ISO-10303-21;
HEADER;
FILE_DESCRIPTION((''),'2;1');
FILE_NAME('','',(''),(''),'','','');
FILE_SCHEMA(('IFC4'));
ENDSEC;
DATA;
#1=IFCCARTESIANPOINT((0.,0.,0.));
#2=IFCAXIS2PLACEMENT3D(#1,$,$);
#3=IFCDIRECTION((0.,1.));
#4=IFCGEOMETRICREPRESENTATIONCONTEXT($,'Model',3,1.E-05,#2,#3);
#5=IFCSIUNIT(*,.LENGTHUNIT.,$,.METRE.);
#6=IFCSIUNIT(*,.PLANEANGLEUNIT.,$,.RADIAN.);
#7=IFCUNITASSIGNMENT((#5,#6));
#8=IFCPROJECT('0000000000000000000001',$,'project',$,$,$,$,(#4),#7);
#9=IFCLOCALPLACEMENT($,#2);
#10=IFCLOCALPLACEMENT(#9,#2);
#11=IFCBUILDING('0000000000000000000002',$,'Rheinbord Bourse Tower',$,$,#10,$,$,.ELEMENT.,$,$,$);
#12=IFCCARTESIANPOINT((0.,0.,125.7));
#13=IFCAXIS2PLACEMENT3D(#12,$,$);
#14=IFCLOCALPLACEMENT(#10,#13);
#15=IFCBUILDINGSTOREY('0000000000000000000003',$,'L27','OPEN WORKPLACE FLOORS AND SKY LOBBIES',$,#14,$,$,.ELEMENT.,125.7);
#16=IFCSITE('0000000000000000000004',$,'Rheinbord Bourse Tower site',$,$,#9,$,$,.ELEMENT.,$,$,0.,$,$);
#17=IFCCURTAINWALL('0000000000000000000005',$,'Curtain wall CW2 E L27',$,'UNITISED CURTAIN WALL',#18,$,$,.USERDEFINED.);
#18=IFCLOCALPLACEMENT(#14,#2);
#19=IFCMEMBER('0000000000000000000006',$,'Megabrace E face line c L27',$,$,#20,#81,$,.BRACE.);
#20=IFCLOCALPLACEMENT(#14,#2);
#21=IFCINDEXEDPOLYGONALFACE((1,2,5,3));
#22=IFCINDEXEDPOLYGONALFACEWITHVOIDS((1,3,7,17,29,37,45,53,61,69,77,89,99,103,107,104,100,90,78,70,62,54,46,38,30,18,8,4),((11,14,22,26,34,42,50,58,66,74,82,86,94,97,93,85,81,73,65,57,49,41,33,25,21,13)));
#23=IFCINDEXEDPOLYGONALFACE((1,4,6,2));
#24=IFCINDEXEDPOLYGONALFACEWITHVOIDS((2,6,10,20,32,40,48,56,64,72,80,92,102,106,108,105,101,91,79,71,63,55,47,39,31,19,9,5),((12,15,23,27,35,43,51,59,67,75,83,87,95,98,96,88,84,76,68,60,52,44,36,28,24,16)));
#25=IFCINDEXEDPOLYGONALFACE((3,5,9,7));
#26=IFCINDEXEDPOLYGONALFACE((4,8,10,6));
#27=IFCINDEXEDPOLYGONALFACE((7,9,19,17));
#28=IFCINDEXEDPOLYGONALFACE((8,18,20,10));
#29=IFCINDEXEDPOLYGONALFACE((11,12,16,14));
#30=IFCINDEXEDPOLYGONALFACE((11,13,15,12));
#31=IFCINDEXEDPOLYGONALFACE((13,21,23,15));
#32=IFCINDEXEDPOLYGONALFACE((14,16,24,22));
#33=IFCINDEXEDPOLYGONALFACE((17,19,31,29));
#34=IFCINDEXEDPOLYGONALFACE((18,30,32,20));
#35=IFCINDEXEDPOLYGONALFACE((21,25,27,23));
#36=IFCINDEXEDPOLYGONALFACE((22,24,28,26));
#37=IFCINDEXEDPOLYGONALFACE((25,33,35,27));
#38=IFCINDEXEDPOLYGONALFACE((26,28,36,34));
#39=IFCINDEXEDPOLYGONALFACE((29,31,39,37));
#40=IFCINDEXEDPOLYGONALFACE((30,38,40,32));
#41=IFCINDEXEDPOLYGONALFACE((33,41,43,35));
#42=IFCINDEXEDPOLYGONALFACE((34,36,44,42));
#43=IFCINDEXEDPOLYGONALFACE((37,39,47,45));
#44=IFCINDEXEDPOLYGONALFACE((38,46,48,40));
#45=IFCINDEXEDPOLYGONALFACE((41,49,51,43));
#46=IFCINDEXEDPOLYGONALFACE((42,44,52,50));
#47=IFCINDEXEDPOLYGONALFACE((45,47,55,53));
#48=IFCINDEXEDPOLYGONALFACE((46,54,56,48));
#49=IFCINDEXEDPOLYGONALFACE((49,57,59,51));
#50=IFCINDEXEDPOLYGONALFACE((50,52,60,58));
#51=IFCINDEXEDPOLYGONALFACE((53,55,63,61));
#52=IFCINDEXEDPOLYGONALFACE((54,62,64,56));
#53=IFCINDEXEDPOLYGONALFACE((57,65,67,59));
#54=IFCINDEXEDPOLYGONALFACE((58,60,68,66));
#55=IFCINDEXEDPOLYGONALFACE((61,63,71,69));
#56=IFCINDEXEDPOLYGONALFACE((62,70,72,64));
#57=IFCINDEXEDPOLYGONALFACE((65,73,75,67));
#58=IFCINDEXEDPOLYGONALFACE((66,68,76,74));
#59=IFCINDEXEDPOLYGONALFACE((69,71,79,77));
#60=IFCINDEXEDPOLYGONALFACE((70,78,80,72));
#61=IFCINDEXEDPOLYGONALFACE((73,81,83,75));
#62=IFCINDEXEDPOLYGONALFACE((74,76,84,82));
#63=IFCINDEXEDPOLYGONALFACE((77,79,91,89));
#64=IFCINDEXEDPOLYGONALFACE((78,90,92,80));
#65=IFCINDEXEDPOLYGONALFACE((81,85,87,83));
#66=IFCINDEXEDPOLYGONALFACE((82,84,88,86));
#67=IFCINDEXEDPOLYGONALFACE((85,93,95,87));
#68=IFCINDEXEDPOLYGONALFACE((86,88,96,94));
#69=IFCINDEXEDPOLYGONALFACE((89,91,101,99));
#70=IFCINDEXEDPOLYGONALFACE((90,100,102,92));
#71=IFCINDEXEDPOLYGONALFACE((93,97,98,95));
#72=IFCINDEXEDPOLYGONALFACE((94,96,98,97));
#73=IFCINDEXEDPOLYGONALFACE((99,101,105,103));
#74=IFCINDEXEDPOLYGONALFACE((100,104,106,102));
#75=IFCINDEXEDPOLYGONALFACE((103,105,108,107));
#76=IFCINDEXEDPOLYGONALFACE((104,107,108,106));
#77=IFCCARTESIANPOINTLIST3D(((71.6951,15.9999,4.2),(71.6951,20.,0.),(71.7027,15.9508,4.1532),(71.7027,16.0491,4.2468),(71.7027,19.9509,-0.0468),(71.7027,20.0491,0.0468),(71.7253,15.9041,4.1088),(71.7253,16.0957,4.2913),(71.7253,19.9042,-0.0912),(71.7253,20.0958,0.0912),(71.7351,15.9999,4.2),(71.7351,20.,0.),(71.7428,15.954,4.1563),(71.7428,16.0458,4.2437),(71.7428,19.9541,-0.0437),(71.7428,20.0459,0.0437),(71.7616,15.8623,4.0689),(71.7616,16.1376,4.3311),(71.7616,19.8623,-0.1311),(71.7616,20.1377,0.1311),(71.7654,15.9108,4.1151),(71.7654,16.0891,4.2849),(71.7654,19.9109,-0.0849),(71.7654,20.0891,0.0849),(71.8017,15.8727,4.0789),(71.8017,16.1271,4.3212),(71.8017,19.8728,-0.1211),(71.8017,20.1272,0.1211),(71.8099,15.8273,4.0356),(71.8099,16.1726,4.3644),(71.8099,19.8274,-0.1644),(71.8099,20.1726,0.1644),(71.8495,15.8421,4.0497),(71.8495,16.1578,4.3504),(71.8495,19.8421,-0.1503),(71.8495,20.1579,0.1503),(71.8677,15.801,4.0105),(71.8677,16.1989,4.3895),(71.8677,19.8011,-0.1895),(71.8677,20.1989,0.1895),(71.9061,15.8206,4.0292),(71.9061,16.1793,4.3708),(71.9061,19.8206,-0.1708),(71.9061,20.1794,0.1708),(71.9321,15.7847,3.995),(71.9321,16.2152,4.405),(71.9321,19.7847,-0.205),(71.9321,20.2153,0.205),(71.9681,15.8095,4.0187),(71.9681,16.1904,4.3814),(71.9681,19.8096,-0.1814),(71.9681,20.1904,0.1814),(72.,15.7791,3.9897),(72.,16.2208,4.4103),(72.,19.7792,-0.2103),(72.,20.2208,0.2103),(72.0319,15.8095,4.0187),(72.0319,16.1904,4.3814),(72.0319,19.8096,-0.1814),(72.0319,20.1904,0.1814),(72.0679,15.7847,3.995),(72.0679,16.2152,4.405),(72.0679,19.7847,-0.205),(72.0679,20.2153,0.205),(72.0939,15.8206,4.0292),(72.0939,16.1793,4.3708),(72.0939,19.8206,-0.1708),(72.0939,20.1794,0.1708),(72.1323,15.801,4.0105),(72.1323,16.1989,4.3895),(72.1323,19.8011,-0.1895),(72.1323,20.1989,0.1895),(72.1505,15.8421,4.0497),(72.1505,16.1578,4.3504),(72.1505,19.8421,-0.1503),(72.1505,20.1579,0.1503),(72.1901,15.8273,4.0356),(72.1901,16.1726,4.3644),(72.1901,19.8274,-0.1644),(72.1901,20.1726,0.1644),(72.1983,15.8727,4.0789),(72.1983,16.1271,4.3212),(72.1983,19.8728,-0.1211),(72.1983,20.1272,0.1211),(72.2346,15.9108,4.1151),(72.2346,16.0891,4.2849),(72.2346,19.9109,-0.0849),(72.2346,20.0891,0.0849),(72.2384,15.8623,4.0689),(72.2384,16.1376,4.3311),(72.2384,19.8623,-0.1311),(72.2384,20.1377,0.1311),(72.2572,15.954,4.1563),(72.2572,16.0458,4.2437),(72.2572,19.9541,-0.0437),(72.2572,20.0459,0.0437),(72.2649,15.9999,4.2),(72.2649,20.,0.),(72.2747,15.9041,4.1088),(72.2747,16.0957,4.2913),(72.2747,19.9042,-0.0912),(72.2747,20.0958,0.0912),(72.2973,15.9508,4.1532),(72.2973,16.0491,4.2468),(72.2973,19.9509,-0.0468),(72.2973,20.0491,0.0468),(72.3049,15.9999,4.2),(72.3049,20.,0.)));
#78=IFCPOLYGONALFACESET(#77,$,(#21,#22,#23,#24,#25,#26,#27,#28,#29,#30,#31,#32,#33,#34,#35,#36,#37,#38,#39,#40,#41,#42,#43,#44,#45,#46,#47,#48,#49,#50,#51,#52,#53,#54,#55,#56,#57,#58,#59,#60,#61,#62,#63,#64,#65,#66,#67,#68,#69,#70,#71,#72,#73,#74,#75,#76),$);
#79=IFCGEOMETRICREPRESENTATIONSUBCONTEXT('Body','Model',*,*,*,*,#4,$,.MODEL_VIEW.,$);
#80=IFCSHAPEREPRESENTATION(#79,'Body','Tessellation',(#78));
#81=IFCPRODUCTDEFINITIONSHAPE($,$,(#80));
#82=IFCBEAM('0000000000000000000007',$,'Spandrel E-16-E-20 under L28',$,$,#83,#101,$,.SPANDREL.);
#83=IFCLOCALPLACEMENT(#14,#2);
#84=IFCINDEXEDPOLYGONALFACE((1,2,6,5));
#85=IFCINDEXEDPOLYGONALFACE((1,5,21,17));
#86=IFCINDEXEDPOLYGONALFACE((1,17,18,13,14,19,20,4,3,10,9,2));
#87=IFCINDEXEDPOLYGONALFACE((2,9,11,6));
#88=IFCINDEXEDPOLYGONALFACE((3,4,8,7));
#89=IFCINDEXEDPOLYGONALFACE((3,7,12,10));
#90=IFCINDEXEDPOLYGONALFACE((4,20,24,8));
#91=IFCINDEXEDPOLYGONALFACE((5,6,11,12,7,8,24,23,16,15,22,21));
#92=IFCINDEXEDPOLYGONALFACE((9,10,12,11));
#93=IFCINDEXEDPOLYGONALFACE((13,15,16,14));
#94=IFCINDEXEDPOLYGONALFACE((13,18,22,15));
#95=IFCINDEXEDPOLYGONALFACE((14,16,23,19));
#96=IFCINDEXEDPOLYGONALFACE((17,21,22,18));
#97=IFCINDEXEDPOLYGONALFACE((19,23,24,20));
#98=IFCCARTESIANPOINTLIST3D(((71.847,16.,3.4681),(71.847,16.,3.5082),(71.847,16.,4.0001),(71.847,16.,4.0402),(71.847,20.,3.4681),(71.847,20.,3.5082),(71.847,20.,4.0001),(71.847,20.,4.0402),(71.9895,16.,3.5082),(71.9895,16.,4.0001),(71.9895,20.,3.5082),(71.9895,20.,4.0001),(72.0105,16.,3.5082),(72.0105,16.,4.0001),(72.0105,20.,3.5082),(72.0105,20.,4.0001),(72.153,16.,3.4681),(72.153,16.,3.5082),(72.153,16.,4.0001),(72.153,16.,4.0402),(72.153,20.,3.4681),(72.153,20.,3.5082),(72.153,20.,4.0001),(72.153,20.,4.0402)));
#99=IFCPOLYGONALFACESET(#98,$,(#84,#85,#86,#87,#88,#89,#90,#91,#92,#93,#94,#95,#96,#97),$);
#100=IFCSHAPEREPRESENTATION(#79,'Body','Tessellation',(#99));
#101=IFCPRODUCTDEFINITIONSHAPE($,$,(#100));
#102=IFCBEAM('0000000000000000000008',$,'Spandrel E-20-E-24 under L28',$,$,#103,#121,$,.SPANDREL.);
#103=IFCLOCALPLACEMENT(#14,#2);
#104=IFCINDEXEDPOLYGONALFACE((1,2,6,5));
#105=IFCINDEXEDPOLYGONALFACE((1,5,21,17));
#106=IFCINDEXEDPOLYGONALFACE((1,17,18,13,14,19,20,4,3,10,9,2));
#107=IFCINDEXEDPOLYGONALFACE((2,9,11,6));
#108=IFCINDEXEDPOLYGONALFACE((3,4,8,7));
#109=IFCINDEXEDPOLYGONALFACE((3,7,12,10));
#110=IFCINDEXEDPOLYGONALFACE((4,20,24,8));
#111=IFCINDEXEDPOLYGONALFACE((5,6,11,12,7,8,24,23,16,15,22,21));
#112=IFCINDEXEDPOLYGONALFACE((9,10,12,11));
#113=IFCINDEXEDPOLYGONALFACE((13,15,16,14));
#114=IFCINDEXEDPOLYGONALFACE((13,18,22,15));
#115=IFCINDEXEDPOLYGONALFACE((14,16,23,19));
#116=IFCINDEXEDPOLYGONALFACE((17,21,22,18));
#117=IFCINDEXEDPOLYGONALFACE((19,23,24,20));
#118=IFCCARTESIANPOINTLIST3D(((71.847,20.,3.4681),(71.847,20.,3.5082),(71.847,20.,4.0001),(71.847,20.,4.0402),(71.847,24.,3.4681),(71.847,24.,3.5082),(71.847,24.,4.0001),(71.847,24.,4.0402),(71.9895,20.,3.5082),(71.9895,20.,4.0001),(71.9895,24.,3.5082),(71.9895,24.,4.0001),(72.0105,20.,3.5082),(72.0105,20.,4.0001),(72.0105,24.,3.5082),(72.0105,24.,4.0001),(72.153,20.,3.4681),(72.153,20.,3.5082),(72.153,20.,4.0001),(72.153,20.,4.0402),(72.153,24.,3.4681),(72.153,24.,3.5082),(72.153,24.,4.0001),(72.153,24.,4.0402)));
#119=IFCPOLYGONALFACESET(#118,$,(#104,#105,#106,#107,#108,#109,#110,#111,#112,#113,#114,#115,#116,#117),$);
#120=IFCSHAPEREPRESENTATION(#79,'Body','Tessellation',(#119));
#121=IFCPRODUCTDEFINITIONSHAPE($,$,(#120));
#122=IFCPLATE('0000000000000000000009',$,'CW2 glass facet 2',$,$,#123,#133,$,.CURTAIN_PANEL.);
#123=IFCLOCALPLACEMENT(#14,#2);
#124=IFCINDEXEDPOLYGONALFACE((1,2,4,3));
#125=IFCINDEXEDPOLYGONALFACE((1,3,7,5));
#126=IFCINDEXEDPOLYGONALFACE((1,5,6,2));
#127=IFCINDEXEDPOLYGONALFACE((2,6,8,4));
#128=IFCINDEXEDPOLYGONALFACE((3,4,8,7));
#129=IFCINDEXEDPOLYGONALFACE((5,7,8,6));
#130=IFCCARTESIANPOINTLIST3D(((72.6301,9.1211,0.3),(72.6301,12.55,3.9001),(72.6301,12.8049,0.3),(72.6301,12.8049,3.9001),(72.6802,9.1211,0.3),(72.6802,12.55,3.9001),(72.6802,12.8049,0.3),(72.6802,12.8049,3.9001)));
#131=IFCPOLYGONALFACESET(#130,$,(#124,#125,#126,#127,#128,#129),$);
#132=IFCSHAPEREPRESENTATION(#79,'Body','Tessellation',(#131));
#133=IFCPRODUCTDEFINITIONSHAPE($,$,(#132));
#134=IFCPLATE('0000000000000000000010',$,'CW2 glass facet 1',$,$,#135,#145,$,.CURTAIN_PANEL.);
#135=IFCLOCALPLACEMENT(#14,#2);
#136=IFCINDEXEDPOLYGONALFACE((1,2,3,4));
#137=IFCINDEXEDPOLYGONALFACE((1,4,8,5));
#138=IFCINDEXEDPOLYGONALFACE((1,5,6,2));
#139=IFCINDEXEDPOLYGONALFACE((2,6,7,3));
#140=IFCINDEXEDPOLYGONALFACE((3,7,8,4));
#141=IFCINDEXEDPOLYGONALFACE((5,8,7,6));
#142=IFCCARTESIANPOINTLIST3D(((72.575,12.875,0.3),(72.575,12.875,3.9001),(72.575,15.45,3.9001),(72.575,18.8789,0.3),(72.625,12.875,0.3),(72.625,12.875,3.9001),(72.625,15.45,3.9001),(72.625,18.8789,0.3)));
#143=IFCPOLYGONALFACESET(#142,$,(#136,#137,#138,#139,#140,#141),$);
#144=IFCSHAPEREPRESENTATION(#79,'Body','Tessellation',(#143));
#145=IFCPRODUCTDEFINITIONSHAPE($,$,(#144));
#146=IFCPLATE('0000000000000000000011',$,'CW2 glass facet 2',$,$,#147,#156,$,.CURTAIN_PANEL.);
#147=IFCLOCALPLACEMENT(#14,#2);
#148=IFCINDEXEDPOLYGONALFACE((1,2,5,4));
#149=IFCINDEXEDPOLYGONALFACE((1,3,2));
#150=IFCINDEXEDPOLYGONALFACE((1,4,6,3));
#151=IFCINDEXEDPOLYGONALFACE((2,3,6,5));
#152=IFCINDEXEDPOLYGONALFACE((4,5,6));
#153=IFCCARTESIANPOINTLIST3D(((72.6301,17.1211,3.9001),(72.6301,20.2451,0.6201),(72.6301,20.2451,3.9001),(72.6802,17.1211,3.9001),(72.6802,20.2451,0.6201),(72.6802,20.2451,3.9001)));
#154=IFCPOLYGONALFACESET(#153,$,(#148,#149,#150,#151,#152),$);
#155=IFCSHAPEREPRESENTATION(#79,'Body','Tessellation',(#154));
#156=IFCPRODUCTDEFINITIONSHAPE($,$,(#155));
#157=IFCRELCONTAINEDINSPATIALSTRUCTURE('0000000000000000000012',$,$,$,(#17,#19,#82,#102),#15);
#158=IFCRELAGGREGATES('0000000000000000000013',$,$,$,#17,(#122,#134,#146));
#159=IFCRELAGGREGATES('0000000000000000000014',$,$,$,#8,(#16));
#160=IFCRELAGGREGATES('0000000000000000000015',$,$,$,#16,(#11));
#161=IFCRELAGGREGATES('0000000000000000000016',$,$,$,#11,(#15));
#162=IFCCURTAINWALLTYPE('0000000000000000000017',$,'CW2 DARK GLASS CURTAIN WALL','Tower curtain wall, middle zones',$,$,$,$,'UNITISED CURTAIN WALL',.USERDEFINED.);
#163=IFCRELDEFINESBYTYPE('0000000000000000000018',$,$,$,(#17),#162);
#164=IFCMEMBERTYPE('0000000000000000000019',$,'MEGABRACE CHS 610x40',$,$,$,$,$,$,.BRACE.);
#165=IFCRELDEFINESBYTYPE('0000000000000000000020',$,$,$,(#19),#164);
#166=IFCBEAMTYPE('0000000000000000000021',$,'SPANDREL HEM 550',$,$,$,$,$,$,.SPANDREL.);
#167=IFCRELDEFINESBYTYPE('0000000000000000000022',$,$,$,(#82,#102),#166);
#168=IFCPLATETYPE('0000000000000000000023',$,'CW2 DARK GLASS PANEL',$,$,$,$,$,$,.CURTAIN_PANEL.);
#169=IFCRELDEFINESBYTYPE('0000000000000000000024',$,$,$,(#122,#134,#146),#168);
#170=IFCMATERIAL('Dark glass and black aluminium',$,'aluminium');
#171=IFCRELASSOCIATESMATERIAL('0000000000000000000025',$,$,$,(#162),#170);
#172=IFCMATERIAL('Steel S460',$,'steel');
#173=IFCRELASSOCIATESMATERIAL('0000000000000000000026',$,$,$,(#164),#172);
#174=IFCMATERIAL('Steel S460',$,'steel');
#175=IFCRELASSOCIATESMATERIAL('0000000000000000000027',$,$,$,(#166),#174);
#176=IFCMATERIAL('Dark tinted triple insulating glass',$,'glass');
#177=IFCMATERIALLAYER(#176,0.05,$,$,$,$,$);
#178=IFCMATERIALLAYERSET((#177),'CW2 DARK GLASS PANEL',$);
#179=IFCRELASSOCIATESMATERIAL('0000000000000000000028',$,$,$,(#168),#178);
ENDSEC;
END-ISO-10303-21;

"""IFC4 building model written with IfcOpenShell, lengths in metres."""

from ifc_helpers import new_model, si_unit, direction, frame, origin, origin_2d, place, context, subcontext, project, spatial, polyline, hollow_circle, i_section, outline, extrude, material, layer, layer_set, material_profile, profile_set, type_object, element, aggregate, save


model = new_model("IFC4")

# Units and contexts
model_context = context("Model", 3, precision=1e-05, world=origin(), true_north=direction((0.0, 1.0)))
body_context = subcontext(model_context, "Body", "Model", "MODEL_VIEW")
ifc_project = project(units=[si_unit("LENGTHUNIT", "METRE"), si_unit("PLANEANGLEUNIT", "RADIAN")], contexts=[model_context])

# Site, building, storey
site_placement = place(None, origin())
site = spatial("IfcSite", under=ifc_project, at=site_placement, Name="Rheinbord Bourse Tower site", CompositionType="ELEMENT", RefElevation=0.0)
building_placement = place(site_placement, origin())
building = spatial("IfcBuilding", under=site, at=building_placement, Name="Rheinbord Bourse Tower", CompositionType="ELEMENT")
storey_placement = place(building_placement, frame((0.0, 0.0, 125.7)))
storey = spatial("IfcBuildingStorey", under=building, at=storey_placement, Name="L27", Description="OPEN WORKPLACE FLOORS AND SKY LOBBIES", CompositionType="ELEMENT", Elevation=125.7)

# Curtain wall
ifc_material_1 = material(Name="Dark glass and black aluminium", Category="aluminium")
curtain_wall_type = type_object("IfcCurtainWallType", Name="CW2 DARK GLASS CURTAIN WALL", Description="Tower curtain wall, middle zones", ElementType="UNITISED CURTAIN WALL", PredefinedType="USERDEFINED", material=ifc_material_1)
curtain_wall_placement = place(storey_placement, origin())
curtain_wall = element("IfcCurtainWall", 1, at=curtain_wall_placement, inside=storey, type_object=curtain_wall_type, Name="Curtain wall CW2 E L27", ObjectType="UNITISED CURTAIN WALL", PredefinedType="USERDEFINED")

# Member
ifc_material_2 = material(Name="Steel S460", Category="steel")
ifc_material_profile_1 = material_profile(ifc_material_2, hollow_circle(Radius=0.3049, WallThickness=0.04, at=origin_2d()), Name="CHS 610x40")
ifc_profile_set_1 = profile_set([ifc_material_profile_1], Name="Steel S460")
member_type_1 = type_object("IfcMemberType", Name="MEGABRACE CHS 610x40", PredefinedType="BRACE", material=ifc_profile_set_1)
member_1_placement = place(storey_placement, frame((72.0, 20.0, 0.0), z_axis=(0.0, -0.689659, 0.724134), x_axis=(1.0, 0.0, 0.0)))
element("IfcMember", 2, at=member_1_placement, inside=storey, type_object=member_type_1, Name="Megabrace E face line c L27", PredefinedType="BRACE", context=body_context, shape_type="SweptSolid", body=[
    extrude(hollow_circle(Radius=0.3049, WallThickness=0.04, at=origin_2d()), origin(), (0.0, 0.0, 1.0), 5.8),
])

# Beams
ifc_material_3 = material(Name="Steel S460", Category="steel")
ifc_material_profile_2 = material_profile(ifc_material_3, i_section(OverallWidth=0.3059, OverallDepth=0.572, WebThickness=0.021, FlangeThickness=0.04, at=origin_2d()), Name="HEM 550")
ifc_profile_set_2 = profile_set([ifc_material_profile_2], Name="Steel S460")
beam_type = type_object("IfcBeamType", Name="SPANDREL HEM 550", PredefinedType="SPANDREL", material=ifc_profile_set_2)
for number, where, z_axis, x_axis, name in (
    (3, (72.0, 16.0, 3.7542), (0.0, 1.0, 0.0), (-1.0, 0.0, 0.0), "Spandrel E-16-E-20 under L28"),
    (4, (72.0, 20.0, 3.7542), (0.0, 1.0, 0.0), (-1.0, 0.0, 0.0), "Spandrel E-20-E-24 under L28"),
):
    element("IfcBeam", number, at=place(storey_placement, frame(where, z_axis=z_axis, x_axis=x_axis)), inside=storey, type_object=beam_type, Name=name, PredefinedType="SPANDREL", context=body_context, shape_type="SweptSolid", body=[
        extrude(i_section(OverallWidth=0.3059, OverallDepth=0.572, WebThickness=0.021, FlangeThickness=0.04, at=origin_2d()), origin(), (0.0, 0.0, 1.0), 4.0),
    ])

# Plates
ifc_material_4 = material(Name="Dark tinted triple insulating glass", Category="glass")
ifc_layer = layer(ifc_material_4, 0.05)
ifc_layer_set = layer_set([ifc_layer], Name="CW2 DARK GLASS PANEL")
plate_type = type_object("IfcPlateType", Name="CW2 DARK GLASS PANEL", PredefinedType="CURTAIN_PANEL", material=ifc_layer_set)
plate_1_placement = place(storey_placement, frame((72.6802, 12.8049, 3.9001), z_axis=(-1.0, 0.0, 0.0), x_axis=(0.0, 0.0, -1.0)))
plate_1 = element("IfcPlate", 5, at=plate_1_placement, type_object=plate_type, Name="CW2 glass facet 2", PredefinedType="CURTAIN_PANEL", context=body_context, shape_type="SweptSolid", body=[
    extrude(outline(polyline([(0.0, 0.0), (3.6001, 0.0), (3.6001, 3.6838), (0.0, 0.2549), (0.0, 0.0)])), origin(), (0.0, 0.0, 1.0), 0.05),
])
plate_2_placement = place(storey_placement, frame((72.625, 12.875, 0.3), z_axis=(-1.0, 0.0, 0.0), x_axis=(0.0, 0.0, 1.0)))
plate_2 = element("IfcPlate", 6, at=plate_2_placement, type_object=plate_type, Name="CW2 glass facet 1", PredefinedType="CURTAIN_PANEL", context=body_context, shape_type="SweptSolid", body=[
    extrude(outline(polyline([(0.0, 0.0), (3.6001, 0.0), (3.6001, 2.575), (0.0, 6.0039), (0.0, 0.0)])), origin(), (0.0, 0.0, 1.0), 0.05),
])
plate_3_placement = place(storey_placement, frame((72.6802, 20.2451, 3.9001), z_axis=(-1.0, 0.0, 0.0), x_axis=(0.0, 0.0, -1.0)))
plate_3 = element("IfcPlate", 7, at=plate_3_placement, type_object=plate_type, Name="CW2 glass facet 2", PredefinedType="CURTAIN_PANEL", context=body_context, shape_type="SweptSolid", body=[
    extrude(outline(polyline([(0.0, 0.0), (3.28, 0.0), (0.0, 3.124), (0.0, 0.0)])), origin(), (0.0, 0.0, 1.0), 0.05),
])
aggregate(curtain_wall, [plate_1, plate_2, plate_3])

save(model, "model.ifc")
